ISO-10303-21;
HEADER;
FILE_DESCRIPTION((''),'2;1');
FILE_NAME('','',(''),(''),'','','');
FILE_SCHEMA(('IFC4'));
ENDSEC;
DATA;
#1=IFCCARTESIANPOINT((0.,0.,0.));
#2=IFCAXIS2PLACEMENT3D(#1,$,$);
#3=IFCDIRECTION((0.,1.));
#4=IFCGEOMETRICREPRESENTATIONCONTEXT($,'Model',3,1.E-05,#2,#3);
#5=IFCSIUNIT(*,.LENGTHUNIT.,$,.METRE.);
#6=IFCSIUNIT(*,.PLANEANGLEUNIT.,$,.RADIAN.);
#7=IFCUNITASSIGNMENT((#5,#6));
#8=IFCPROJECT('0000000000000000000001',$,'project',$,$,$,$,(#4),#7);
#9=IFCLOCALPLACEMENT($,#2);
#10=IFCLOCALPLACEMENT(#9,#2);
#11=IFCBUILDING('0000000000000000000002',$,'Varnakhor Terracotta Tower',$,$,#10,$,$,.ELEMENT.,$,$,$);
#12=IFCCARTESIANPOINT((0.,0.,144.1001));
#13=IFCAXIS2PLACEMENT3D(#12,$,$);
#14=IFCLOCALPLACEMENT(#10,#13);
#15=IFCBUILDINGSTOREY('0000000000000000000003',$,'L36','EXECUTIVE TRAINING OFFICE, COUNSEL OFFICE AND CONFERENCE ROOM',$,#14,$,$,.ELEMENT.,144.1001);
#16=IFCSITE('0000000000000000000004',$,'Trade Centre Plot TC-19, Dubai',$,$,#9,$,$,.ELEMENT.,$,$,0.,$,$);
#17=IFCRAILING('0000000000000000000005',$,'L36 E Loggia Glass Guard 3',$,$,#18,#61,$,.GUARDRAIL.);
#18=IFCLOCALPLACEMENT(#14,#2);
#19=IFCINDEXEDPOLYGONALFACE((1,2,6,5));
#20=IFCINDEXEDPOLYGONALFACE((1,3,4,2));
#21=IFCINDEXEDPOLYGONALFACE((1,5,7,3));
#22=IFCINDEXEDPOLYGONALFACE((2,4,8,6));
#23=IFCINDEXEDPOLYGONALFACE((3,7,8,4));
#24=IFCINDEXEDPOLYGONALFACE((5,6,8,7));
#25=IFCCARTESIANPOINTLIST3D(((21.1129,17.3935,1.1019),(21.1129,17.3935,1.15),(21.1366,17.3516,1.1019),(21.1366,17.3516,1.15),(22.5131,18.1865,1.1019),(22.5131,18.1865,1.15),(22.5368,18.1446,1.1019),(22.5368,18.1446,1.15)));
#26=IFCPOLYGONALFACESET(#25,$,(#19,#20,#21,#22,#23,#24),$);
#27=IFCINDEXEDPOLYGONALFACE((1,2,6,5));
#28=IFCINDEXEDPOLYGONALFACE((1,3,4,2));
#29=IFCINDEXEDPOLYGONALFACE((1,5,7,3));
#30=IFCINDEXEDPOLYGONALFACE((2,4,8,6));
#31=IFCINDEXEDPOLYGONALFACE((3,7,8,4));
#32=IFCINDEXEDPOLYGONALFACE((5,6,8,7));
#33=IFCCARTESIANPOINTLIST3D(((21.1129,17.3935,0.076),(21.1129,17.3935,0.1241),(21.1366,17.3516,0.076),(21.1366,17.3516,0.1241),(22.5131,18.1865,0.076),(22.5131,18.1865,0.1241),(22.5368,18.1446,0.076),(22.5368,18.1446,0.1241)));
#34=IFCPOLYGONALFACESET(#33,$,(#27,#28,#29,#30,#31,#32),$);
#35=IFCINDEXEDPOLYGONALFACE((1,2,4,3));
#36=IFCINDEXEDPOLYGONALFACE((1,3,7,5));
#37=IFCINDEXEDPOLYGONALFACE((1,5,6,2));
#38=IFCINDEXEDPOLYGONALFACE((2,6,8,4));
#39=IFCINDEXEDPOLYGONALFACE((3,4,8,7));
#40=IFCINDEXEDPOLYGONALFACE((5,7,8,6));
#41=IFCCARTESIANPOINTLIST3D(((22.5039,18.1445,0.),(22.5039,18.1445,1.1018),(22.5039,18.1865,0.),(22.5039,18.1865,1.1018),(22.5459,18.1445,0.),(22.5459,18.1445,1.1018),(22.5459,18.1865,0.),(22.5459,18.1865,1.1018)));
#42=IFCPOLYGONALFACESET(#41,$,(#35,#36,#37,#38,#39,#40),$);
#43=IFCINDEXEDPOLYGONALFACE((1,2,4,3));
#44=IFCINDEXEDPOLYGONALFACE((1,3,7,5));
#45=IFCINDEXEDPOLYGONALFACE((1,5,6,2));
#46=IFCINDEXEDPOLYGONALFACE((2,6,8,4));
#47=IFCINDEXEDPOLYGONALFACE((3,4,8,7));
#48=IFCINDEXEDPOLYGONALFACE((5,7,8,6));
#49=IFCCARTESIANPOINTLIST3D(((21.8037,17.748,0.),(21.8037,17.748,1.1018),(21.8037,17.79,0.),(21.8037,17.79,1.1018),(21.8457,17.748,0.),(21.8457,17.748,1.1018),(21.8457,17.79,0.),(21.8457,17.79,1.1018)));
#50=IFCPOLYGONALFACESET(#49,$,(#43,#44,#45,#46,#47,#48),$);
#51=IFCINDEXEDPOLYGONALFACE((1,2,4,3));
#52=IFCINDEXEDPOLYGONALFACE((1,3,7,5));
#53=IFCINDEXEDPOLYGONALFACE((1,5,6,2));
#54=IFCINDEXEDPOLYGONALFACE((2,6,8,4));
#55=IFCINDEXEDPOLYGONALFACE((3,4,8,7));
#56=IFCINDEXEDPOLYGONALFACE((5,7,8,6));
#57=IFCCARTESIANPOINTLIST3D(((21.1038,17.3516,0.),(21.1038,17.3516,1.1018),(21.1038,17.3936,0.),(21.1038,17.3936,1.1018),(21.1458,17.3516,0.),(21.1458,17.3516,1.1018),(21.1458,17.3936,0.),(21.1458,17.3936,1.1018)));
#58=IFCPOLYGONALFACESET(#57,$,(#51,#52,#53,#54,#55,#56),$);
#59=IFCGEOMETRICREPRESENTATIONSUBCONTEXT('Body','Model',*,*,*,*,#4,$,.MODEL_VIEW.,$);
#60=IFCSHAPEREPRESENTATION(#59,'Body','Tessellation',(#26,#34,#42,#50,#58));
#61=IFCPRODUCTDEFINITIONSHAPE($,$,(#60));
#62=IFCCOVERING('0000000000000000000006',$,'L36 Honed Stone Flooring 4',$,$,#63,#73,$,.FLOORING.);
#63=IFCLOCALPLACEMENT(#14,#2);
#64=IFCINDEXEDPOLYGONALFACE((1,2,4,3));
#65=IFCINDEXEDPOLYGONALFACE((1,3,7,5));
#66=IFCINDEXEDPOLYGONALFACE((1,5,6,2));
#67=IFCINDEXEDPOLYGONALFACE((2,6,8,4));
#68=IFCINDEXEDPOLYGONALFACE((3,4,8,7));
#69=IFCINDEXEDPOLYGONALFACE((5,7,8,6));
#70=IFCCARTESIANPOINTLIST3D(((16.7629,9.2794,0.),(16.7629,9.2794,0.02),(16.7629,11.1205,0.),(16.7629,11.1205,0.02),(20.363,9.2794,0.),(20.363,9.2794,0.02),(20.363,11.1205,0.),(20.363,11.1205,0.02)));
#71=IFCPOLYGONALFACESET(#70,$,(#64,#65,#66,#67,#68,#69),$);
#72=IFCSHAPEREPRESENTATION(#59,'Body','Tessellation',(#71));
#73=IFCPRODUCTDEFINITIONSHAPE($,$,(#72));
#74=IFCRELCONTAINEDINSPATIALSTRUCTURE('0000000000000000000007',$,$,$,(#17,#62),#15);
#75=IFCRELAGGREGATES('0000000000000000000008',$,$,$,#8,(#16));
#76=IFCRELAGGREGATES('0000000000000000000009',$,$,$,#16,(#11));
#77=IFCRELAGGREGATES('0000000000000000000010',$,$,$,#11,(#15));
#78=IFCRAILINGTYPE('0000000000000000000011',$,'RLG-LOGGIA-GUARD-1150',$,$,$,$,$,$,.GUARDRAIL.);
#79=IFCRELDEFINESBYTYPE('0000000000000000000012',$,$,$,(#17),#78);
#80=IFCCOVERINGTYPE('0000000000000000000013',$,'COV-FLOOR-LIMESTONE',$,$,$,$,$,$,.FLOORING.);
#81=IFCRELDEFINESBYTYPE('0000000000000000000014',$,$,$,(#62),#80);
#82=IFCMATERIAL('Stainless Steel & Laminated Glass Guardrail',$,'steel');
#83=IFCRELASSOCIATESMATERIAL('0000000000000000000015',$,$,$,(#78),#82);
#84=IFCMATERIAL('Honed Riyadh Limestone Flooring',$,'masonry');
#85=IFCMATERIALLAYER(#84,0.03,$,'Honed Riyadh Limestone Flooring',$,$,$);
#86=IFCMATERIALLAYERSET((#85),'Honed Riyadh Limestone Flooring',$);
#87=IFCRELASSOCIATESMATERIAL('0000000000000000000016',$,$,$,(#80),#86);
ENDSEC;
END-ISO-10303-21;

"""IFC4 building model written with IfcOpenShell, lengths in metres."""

from ifc_helpers import new_model, si_unit, direction, frame, origin, origin_2d, place, context, subcontext, project, spatial, rectangle, extrude, source, transform, mapped, material, layer, layer_set, type_object, element, save


model = new_model("IFC4")

# Units and contexts
model_context = context("Model", 3, precision=1e-05, world=origin(), true_north=direction((0.0, 1.0)))
body_context = subcontext(model_context, "Body", "Model", "MODEL_VIEW")
ifc_project = project(units=[si_unit("LENGTHUNIT", "METRE"), si_unit("PLANEANGLEUNIT", "RADIAN")], contexts=[model_context])

# Site, building, storey
site_placement = place(None, origin())
site = spatial("IfcSite", under=ifc_project, at=site_placement, Name="Trade Centre Plot TC-19, Dubai", CompositionType="ELEMENT", RefElevation=0.0)
building_placement = place(site_placement, origin())
building = spatial("IfcBuilding", under=site, at=building_placement, Name="Varnakhor Terracotta Tower", CompositionType="ELEMENT")
storey_placement = place(building_placement, frame((0.0, 0.0, 144.1001)))
storey = spatial("IfcBuildingStorey", under=building, at=storey_placement, Name="L36", Description="EXECUTIVE TRAINING OFFICE, COUNSEL OFFICE AND CONFERENCE ROOM", CompositionType="ELEMENT", Elevation=144.1001)

# Railing
ifc_material_1 = material(Name="Stainless Steel & Laminated Glass Guardrail", Category="steel")
railing_type = type_object("IfcRailingType", Name="RLG-LOGGIA-GUARD-1150", PredefinedType="GUARDRAIL", material=ifc_material_1)
railing_placement = place(storey_placement, frame((22.5249, 18.1655, 0.0)))
element("IfcRailing", 1, at=railing_placement, inside=storey, type_object=railing_type, Name="L36 E Loggia Glass Guard 3", PredefinedType="GUARDRAIL", context=body_context, shape_type="SweptSolid", body=[
    extrude(rectangle(XDim=0.0481, YDim=0.0481, at=origin_2d()), frame((0.0, 0.0, 1.126), z_axis=(-0.870141, -0.492802, 0.0), x_axis=(0.492802, -0.870141, 0.0)), (0.0, 0.0, 1.0), 1.6091),
    extrude(rectangle(XDim=0.0481, YDim=0.0481, at=origin_2d()), frame((0.0, 0.0, 0.1001), z_axis=(-0.870141, -0.492802, 0.0), x_axis=(0.492802, -0.870141, 0.0)), (0.0, 0.0, 1.0), 1.6091),
    extrude(rectangle(XDim=0.042, YDim=0.042, at=origin_2d()), origin(), (0.0, 0.0, 1.0), 1.1018),
    extrude(rectangle(XDim=0.042, YDim=0.042, at=origin_2d()), frame((-0.7002, -0.3965, 0.0)), (0.0, 0.0, 1.0), 1.1018),
    extrude(rectangle(XDim=0.042, YDim=0.042, at=origin_2d()), frame((-1.4001, -0.793, 0.0)), (0.0, 0.0, 1.0), 1.1018),
])

# Covering
ifc_material_2 = material(Name="Honed Riyadh Limestone Flooring", Category="masonry")
ifc_layer_1 = layer(ifc_material_2, 0.03, Name="Honed Riyadh Limestone Flooring")
ifc_layer_set_1 = layer_set([ifc_layer_1], Name="Honed Riyadh Limestone Flooring")
covering_type = type_object("IfcCoveringType", Name="COV-FLOOR-LIMESTONE", PredefinedType="FLOORING", material=ifc_layer_set_1)
shared_shape_1 = source(origin(), body_context, "Body", "SweptSolid", [
    extrude(rectangle(XDim=3.6001, YDim=1.8411, at=origin_2d()), origin(), (0.0, 0.0, 1.0), 0.02),
])
covering_placement = place(storey_placement, frame((18.563, 10.2, 0.0), z_axis=(0.0, 0.0, 1.0), x_axis=(1.0, 0.0, 0.0)))
element("IfcCovering", 2, at=covering_placement, inside=storey, type_object=covering_type, Name="L36 Honed Stone Flooring 4", PredefinedType="FLOORING", context=body_context, shape_type="MappedRepresentation", body=[
    mapped(shared_shape_1, transform((0.0, 0.0, 0.0), scale=1.0)),
])

save(model, "model.ifc")
